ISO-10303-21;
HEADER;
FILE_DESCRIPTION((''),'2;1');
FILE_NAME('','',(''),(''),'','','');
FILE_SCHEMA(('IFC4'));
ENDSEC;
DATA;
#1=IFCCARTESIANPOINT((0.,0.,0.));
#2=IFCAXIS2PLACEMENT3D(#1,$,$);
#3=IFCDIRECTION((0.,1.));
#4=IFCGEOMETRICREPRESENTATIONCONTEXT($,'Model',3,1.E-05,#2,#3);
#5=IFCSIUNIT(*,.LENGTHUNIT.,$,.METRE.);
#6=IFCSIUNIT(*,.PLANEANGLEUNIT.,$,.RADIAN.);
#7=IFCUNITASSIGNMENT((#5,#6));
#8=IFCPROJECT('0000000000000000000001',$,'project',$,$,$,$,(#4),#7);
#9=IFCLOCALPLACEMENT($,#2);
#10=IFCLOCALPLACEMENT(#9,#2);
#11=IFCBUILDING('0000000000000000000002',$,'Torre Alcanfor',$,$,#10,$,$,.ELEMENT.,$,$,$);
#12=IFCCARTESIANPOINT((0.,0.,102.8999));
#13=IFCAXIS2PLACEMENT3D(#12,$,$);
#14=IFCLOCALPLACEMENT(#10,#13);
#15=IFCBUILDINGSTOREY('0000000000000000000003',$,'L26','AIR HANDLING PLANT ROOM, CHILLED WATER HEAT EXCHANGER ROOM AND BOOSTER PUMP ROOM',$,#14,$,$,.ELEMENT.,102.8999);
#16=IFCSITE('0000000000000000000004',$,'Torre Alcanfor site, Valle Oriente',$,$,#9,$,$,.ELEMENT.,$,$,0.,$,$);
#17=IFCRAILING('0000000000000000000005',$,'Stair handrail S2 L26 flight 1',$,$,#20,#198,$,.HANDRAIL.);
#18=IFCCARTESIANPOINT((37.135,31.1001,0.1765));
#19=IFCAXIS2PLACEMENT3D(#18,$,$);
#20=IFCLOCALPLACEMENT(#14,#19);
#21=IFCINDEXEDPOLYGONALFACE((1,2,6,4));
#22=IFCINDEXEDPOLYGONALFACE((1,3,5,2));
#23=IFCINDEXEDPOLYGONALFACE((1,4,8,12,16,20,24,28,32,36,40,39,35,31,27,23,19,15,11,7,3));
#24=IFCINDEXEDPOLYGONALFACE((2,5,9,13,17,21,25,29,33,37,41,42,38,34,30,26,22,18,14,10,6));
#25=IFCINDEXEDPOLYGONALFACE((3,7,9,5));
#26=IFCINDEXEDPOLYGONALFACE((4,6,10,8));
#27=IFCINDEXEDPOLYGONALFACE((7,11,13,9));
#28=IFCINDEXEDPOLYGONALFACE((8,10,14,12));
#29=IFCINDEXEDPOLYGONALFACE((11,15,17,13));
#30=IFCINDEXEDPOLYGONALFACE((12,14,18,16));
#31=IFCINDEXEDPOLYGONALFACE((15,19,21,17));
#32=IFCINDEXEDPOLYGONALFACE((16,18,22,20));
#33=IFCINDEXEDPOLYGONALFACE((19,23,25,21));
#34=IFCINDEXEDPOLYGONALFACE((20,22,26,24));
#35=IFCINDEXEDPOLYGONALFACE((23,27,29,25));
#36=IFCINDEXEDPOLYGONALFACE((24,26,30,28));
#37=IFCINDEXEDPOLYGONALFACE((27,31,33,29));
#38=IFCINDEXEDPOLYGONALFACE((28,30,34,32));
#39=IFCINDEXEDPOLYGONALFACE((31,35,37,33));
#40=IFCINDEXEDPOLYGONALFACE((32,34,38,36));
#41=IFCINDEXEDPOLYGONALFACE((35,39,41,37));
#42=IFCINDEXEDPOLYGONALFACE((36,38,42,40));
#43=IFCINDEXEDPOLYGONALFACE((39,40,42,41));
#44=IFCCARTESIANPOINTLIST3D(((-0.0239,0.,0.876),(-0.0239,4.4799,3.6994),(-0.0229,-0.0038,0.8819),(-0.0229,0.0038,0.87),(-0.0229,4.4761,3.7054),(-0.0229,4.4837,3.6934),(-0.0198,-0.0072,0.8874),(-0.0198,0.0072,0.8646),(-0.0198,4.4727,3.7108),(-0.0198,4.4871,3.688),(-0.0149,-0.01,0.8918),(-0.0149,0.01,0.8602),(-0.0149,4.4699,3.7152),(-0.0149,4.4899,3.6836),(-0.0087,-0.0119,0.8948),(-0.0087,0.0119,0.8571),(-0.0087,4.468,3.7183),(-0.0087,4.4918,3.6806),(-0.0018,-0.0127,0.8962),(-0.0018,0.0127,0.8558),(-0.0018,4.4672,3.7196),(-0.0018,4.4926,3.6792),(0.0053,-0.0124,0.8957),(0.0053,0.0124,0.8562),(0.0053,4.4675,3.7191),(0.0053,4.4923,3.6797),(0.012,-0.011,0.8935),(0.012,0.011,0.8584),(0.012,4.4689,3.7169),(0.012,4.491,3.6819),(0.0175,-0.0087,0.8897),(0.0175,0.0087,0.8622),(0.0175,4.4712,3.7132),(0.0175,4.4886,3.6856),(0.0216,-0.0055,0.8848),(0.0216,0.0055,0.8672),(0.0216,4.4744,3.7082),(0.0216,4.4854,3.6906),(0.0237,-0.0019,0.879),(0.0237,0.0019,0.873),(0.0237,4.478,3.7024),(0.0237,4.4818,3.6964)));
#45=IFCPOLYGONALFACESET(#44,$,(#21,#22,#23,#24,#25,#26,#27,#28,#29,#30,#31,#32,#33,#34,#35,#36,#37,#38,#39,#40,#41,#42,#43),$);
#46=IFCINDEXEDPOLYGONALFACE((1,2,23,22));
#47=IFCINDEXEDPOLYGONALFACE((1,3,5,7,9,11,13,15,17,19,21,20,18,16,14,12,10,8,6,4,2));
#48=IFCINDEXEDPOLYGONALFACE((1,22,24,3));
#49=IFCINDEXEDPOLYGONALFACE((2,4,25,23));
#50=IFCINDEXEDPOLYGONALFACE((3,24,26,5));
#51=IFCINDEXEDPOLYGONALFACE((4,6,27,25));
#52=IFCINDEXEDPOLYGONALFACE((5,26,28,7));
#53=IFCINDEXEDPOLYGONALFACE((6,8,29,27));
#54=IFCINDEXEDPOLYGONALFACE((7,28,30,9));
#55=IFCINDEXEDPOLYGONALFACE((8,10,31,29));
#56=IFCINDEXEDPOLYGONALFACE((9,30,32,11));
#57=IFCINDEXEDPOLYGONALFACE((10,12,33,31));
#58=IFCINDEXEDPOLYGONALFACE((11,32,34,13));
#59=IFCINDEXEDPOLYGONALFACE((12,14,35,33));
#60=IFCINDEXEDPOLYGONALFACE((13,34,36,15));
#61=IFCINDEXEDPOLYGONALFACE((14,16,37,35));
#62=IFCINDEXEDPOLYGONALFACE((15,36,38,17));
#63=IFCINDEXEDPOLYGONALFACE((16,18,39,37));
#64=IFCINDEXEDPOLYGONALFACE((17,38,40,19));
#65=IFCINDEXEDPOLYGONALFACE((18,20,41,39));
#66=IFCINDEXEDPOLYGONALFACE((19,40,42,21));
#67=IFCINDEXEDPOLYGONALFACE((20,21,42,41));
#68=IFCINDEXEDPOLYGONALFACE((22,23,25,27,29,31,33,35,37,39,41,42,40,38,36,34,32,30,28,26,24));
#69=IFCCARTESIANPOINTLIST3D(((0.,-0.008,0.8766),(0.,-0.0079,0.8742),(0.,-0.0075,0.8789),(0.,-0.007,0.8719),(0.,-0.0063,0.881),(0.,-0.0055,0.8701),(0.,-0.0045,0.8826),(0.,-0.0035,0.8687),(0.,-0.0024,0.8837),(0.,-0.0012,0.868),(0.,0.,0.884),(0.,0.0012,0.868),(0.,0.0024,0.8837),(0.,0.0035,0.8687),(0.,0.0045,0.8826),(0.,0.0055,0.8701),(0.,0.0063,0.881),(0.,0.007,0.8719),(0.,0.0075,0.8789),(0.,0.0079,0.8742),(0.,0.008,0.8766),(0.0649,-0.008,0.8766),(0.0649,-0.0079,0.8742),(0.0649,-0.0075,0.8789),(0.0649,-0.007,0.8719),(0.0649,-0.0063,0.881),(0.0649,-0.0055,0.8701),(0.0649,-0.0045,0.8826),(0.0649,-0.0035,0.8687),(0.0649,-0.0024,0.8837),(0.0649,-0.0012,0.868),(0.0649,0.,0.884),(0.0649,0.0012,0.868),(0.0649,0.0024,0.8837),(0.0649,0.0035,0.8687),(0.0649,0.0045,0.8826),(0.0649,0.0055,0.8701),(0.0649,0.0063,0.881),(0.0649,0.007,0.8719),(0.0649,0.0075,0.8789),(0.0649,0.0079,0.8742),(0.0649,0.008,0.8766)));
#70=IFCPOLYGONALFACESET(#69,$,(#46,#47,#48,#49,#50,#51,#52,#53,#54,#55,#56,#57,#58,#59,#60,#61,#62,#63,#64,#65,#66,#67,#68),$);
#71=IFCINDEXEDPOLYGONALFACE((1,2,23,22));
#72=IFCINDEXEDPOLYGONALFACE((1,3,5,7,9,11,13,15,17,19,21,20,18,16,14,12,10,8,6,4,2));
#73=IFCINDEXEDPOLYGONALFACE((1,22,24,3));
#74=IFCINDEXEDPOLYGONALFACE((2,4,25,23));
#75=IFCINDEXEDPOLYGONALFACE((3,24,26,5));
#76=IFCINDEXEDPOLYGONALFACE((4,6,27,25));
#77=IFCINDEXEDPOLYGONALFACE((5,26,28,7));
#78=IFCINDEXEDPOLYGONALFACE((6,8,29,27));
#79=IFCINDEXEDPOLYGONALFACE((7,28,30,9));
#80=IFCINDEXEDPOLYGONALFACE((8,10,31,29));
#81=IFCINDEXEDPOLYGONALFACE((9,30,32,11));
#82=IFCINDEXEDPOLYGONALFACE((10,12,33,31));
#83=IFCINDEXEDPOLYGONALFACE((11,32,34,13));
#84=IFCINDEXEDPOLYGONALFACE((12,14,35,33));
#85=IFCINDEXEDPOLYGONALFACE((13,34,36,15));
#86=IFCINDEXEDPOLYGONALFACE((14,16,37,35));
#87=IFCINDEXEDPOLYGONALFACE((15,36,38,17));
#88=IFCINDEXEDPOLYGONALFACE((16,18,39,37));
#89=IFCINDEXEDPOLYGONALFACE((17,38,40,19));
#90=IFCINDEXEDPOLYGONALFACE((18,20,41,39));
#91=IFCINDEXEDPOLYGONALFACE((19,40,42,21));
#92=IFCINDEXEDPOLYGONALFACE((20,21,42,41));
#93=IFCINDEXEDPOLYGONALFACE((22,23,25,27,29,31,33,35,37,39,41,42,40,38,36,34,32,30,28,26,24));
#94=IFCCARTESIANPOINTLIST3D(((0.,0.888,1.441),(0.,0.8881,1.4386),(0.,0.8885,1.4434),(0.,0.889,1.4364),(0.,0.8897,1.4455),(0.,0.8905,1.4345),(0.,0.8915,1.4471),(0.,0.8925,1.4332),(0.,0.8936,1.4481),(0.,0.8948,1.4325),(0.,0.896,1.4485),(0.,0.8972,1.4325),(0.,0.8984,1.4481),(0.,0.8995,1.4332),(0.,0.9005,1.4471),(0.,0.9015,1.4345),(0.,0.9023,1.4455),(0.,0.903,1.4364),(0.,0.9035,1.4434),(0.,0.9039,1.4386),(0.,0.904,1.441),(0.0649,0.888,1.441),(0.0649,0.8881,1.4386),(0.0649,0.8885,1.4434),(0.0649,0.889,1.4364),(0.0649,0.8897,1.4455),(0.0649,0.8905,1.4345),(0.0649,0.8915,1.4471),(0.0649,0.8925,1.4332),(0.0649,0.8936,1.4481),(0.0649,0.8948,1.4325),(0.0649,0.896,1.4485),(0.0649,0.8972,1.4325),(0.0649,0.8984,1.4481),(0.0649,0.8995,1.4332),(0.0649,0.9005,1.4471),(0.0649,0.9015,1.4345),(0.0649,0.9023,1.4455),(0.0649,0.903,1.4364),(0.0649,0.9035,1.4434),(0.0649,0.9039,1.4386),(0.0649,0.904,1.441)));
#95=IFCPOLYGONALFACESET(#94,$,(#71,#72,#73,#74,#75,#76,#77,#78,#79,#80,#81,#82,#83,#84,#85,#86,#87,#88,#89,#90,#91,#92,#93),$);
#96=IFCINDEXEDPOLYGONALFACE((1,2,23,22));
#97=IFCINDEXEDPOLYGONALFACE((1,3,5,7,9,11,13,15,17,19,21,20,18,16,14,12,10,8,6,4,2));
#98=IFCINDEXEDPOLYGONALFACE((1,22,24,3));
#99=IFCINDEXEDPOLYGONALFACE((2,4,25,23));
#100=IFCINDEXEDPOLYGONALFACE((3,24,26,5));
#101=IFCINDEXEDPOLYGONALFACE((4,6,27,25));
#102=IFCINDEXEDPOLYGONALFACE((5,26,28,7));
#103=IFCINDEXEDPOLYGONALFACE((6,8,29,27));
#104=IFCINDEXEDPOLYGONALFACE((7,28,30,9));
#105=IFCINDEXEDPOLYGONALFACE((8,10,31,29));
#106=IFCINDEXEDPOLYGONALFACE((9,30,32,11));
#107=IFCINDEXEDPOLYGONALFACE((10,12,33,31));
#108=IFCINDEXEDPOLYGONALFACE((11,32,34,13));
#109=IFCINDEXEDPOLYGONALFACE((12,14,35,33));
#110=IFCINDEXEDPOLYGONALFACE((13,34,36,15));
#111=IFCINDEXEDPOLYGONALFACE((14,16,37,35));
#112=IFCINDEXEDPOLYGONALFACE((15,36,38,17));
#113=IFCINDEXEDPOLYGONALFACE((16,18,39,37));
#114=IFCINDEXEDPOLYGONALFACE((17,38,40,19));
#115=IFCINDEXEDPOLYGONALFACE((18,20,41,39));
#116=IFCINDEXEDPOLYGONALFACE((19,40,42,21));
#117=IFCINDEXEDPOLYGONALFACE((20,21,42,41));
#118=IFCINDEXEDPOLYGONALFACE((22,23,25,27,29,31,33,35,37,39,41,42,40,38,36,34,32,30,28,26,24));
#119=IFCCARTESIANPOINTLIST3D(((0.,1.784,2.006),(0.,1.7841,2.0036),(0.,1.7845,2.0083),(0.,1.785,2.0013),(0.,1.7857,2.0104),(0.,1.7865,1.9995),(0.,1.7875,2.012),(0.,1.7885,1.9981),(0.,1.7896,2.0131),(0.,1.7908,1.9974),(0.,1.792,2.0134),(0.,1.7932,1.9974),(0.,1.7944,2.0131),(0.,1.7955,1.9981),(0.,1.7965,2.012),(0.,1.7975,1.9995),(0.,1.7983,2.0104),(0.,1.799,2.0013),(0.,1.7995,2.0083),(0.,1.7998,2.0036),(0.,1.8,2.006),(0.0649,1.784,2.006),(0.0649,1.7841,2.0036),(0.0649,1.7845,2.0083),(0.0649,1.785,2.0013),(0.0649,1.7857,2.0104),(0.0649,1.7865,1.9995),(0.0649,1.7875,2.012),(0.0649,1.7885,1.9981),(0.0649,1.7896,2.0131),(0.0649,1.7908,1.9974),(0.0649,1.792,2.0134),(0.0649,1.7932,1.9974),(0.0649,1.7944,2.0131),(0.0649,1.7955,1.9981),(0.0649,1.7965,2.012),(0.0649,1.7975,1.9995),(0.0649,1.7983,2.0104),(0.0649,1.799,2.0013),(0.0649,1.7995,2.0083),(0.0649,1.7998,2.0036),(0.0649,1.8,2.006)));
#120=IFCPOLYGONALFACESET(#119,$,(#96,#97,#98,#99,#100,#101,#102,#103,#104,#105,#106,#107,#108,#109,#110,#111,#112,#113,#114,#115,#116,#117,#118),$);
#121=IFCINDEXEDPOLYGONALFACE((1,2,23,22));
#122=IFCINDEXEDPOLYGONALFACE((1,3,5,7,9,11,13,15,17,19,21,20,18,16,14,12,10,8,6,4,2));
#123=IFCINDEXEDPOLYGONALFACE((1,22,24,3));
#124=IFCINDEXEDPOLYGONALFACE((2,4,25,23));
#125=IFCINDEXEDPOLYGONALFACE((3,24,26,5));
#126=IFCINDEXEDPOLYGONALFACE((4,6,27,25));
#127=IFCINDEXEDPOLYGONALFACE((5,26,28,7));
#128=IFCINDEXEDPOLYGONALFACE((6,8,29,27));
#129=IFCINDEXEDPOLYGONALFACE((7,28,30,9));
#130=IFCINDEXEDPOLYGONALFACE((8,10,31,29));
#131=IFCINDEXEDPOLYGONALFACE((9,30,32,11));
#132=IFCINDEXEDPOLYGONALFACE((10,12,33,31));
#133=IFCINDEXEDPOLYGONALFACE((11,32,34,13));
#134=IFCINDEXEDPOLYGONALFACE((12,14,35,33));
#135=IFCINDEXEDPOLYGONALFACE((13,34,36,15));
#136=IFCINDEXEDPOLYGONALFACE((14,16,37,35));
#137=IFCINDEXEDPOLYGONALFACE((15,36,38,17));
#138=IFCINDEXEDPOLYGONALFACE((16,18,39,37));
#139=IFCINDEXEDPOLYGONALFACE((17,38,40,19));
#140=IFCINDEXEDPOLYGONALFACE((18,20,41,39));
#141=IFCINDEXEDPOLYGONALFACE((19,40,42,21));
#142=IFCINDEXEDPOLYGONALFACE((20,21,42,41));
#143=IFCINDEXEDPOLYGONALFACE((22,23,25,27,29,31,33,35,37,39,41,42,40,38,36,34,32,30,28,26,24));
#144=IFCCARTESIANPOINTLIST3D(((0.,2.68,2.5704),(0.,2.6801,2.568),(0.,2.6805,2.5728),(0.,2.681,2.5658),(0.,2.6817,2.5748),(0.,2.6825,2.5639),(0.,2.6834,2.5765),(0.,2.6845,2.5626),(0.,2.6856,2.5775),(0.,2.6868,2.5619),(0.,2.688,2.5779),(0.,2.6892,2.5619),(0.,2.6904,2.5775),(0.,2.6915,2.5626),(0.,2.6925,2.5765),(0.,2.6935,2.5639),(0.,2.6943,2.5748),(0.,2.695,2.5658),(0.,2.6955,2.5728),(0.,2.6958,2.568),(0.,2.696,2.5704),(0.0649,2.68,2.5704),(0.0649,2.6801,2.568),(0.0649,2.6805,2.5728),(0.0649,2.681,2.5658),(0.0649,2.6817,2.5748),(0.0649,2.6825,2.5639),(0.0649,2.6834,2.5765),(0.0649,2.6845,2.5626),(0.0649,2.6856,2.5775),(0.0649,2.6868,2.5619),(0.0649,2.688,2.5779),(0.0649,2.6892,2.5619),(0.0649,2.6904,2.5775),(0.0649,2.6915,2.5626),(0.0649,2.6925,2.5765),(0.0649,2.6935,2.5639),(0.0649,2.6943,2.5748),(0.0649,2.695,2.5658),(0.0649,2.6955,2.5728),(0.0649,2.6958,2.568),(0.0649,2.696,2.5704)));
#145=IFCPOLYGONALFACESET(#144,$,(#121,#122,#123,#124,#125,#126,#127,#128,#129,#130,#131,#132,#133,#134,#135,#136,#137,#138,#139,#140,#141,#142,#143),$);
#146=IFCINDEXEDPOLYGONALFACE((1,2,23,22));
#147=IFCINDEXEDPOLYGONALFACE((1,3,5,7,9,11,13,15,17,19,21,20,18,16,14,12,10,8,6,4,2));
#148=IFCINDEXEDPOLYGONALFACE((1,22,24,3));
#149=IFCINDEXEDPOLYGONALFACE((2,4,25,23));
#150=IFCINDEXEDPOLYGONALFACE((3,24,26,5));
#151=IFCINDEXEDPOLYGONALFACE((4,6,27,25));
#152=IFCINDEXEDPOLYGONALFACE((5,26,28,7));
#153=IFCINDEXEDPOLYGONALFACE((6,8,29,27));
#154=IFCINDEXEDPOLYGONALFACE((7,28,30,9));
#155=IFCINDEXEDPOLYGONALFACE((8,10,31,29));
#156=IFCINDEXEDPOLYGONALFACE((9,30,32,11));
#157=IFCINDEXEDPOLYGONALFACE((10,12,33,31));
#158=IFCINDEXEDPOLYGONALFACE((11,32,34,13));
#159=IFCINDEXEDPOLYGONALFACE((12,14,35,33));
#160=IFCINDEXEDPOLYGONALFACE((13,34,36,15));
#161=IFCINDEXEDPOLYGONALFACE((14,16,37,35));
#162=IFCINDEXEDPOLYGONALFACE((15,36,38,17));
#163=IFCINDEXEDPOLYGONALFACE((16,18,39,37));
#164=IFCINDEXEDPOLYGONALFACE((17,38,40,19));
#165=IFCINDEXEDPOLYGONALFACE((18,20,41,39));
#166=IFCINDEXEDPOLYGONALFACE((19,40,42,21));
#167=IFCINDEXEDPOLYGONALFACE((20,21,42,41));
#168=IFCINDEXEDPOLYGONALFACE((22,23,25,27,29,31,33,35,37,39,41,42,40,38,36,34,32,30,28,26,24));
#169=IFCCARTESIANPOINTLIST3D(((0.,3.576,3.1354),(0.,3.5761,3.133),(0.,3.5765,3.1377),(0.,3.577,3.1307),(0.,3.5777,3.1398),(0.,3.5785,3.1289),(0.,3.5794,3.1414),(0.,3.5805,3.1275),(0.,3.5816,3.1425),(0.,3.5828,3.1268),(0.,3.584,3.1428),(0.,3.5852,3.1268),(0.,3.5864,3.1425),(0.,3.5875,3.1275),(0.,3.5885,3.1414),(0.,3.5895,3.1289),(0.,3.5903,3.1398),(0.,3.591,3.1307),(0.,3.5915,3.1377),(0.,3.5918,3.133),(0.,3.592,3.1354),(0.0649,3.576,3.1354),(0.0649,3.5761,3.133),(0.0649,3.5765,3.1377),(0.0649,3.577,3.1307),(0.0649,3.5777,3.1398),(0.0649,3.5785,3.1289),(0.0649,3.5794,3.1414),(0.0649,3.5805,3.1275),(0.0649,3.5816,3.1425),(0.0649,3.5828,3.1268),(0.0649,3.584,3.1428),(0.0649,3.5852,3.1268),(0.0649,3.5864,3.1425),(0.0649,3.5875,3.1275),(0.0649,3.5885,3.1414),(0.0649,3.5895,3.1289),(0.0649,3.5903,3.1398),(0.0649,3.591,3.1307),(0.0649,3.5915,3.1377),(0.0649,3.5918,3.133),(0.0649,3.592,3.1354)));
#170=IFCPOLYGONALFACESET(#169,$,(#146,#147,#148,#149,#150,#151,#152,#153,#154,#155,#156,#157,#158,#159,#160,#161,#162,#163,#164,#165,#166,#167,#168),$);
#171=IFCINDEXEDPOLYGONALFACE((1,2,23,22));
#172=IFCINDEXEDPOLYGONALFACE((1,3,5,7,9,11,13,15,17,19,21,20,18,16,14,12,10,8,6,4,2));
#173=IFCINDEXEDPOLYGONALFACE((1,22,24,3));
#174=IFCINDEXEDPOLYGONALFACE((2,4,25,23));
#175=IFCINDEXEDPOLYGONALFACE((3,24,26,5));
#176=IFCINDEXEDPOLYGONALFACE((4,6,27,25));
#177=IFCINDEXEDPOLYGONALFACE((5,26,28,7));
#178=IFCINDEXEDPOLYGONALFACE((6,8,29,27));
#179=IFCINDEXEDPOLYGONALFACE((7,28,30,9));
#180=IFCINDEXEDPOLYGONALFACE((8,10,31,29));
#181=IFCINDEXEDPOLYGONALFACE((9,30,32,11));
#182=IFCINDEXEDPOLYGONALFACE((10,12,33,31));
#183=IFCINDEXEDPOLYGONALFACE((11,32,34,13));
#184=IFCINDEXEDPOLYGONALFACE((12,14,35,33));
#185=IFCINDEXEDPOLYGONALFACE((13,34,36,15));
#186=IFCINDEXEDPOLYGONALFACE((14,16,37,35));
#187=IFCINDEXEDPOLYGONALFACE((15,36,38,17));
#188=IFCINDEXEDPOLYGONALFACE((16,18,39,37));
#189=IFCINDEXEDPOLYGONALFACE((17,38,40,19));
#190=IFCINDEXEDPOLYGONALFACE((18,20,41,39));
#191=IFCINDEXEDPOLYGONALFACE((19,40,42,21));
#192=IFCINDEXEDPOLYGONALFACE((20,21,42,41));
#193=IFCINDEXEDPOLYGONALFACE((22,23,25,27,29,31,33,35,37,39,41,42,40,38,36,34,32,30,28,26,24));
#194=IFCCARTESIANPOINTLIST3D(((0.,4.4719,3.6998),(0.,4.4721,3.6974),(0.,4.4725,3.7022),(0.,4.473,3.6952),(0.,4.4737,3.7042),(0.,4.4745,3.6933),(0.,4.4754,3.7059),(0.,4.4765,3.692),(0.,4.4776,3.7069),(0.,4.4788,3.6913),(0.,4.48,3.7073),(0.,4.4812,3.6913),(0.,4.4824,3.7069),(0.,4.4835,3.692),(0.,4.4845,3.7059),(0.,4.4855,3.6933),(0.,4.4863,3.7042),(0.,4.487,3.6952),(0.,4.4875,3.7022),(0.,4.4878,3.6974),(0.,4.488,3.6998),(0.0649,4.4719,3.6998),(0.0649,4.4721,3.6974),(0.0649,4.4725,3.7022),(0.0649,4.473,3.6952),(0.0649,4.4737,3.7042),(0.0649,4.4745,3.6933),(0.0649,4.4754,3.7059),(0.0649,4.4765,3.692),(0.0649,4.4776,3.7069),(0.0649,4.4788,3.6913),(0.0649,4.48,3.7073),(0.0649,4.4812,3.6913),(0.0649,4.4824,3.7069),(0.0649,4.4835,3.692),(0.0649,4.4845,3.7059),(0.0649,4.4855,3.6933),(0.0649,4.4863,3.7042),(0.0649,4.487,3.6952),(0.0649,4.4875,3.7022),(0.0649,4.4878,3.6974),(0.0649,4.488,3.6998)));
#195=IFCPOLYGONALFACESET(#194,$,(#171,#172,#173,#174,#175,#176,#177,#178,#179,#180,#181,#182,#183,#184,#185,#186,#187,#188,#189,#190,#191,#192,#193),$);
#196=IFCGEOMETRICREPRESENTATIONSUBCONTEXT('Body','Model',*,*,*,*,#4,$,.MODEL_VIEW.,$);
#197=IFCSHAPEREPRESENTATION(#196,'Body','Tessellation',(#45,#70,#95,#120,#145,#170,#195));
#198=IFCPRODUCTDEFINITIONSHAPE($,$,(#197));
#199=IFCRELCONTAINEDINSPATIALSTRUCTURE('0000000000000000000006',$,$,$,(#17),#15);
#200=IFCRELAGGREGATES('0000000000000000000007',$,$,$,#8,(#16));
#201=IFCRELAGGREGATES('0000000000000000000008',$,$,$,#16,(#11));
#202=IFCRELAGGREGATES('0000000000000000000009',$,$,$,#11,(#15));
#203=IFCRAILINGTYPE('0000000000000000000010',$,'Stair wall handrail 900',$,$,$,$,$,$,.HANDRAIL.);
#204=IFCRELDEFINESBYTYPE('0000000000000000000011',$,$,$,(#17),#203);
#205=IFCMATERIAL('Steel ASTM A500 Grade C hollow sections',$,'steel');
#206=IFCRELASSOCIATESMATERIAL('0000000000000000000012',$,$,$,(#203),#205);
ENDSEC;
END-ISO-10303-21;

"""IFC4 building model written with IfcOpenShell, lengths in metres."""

from ifc_helpers import new_model, si_unit, direction, frame, origin, origin_2d, place, context, subcontext, project, spatial, circle, extrude, material, type_object, element, save


model = new_model("IFC4")

# Units and contexts
model_context = context("Model", 3, precision=1e-05, world=origin(), true_north=direction((0.0, 1.0)))
body_context = subcontext(model_context, "Body", "Model", "MODEL_VIEW")
ifc_project = project(units=[si_unit("LENGTHUNIT", "METRE"), si_unit("PLANEANGLEUNIT", "RADIAN")], contexts=[model_context])

# Site, building, storey
site_placement = place(None, origin())
site = spatial("IfcSite", under=ifc_project, at=site_placement, Name="Torre Alcanfor site, Valle Oriente", CompositionType="ELEMENT", RefElevation=0.0)
building_placement = place(site_placement, origin())
building = spatial("IfcBuilding", under=site, at=building_placement, Name="Torre Alcanfor", CompositionType="ELEMENT")
storey_placement = place(building_placement, frame((0.0, 0.0, 102.8999)))
storey = spatial("IfcBuildingStorey", under=building, at=storey_placement, Name="L26", Description="AIR HANDLING PLANT ROOM, CHILLED WATER HEAT EXCHANGER ROOM AND BOOSTER PUMP ROOM", CompositionType="ELEMENT", Elevation=102.8999)

# Railing
ifc_material_1 = material(Name="Steel ASTM A500 Grade C hollow sections", Category="steel")
railing_type_1 = type_object("IfcRailingType", Name="Stair wall handrail 900", PredefinedType="HANDRAIL", material=ifc_material_1)
railing_1_placement = place(storey_placement, frame((37.135, 31.1001, 0.1765)))
element("IfcRailing", 1, at=railing_1_placement, inside=storey, type_object=railing_type_1, Name="Stair handrail S2 L26 flight 1", PredefinedType="HANDRAIL", context=body_context, shape_type="SweptSolid", body=[
    extrude(circle(Radius=0.0239, at=origin_2d()), frame((0.0, 0.0, 0.876), z_axis=(0.0, 0.845998, 0.533186), x_axis=(-1.0, 0.0, 0.0)), (0.0, 0.0, 1.0), 5.2954),
    extrude(circle(Radius=0.0081, at=origin_2d()), frame((0.0, 0.0, 0.876), z_axis=(1.0, 0.0, 0.0), x_axis=(0.0, 0.0, 1.0)), (0.0, 0.0, 1.0), 0.0649),
    extrude(circle(Radius=0.0081, at=origin_2d()), frame((0.0, 0.896, 1.4404), z_axis=(1.0, 0.0, 0.0), x_axis=(0.0, 0.0, 1.0)), (0.0, 0.0, 1.0), 0.0649),
    extrude(circle(Radius=0.0081, at=origin_2d()), frame((0.0, 1.792, 2.0054), z_axis=(1.0, 0.0, 0.0), x_axis=(0.0, 0.0, 1.0)), (0.0, 0.0, 1.0), 0.0649),
    extrude(circle(Radius=0.0081, at=origin_2d()), frame((0.0, 2.688, 2.5698), z_axis=(1.0, 0.0, 0.0), x_axis=(0.0, 0.0, 1.0)), (0.0, 0.0, 1.0), 0.0649),
    extrude(circle(Radius=0.0081, at=origin_2d()), frame((0.0, 3.584, 3.1348), z_axis=(1.0, 0.0, 0.0), x_axis=(0.0, 0.0, 1.0)), (0.0, 0.0, 1.0), 0.0649),
    extrude(circle(Radius=0.0081, at=origin_2d()), frame((0.0, 4.48, 3.6992), z_axis=(1.0, 0.0, 0.0), x_axis=(0.0, 0.0, 1.0)), (0.0, 0.0, 1.0), 0.0649),
])

save(model, "model.ifc")
